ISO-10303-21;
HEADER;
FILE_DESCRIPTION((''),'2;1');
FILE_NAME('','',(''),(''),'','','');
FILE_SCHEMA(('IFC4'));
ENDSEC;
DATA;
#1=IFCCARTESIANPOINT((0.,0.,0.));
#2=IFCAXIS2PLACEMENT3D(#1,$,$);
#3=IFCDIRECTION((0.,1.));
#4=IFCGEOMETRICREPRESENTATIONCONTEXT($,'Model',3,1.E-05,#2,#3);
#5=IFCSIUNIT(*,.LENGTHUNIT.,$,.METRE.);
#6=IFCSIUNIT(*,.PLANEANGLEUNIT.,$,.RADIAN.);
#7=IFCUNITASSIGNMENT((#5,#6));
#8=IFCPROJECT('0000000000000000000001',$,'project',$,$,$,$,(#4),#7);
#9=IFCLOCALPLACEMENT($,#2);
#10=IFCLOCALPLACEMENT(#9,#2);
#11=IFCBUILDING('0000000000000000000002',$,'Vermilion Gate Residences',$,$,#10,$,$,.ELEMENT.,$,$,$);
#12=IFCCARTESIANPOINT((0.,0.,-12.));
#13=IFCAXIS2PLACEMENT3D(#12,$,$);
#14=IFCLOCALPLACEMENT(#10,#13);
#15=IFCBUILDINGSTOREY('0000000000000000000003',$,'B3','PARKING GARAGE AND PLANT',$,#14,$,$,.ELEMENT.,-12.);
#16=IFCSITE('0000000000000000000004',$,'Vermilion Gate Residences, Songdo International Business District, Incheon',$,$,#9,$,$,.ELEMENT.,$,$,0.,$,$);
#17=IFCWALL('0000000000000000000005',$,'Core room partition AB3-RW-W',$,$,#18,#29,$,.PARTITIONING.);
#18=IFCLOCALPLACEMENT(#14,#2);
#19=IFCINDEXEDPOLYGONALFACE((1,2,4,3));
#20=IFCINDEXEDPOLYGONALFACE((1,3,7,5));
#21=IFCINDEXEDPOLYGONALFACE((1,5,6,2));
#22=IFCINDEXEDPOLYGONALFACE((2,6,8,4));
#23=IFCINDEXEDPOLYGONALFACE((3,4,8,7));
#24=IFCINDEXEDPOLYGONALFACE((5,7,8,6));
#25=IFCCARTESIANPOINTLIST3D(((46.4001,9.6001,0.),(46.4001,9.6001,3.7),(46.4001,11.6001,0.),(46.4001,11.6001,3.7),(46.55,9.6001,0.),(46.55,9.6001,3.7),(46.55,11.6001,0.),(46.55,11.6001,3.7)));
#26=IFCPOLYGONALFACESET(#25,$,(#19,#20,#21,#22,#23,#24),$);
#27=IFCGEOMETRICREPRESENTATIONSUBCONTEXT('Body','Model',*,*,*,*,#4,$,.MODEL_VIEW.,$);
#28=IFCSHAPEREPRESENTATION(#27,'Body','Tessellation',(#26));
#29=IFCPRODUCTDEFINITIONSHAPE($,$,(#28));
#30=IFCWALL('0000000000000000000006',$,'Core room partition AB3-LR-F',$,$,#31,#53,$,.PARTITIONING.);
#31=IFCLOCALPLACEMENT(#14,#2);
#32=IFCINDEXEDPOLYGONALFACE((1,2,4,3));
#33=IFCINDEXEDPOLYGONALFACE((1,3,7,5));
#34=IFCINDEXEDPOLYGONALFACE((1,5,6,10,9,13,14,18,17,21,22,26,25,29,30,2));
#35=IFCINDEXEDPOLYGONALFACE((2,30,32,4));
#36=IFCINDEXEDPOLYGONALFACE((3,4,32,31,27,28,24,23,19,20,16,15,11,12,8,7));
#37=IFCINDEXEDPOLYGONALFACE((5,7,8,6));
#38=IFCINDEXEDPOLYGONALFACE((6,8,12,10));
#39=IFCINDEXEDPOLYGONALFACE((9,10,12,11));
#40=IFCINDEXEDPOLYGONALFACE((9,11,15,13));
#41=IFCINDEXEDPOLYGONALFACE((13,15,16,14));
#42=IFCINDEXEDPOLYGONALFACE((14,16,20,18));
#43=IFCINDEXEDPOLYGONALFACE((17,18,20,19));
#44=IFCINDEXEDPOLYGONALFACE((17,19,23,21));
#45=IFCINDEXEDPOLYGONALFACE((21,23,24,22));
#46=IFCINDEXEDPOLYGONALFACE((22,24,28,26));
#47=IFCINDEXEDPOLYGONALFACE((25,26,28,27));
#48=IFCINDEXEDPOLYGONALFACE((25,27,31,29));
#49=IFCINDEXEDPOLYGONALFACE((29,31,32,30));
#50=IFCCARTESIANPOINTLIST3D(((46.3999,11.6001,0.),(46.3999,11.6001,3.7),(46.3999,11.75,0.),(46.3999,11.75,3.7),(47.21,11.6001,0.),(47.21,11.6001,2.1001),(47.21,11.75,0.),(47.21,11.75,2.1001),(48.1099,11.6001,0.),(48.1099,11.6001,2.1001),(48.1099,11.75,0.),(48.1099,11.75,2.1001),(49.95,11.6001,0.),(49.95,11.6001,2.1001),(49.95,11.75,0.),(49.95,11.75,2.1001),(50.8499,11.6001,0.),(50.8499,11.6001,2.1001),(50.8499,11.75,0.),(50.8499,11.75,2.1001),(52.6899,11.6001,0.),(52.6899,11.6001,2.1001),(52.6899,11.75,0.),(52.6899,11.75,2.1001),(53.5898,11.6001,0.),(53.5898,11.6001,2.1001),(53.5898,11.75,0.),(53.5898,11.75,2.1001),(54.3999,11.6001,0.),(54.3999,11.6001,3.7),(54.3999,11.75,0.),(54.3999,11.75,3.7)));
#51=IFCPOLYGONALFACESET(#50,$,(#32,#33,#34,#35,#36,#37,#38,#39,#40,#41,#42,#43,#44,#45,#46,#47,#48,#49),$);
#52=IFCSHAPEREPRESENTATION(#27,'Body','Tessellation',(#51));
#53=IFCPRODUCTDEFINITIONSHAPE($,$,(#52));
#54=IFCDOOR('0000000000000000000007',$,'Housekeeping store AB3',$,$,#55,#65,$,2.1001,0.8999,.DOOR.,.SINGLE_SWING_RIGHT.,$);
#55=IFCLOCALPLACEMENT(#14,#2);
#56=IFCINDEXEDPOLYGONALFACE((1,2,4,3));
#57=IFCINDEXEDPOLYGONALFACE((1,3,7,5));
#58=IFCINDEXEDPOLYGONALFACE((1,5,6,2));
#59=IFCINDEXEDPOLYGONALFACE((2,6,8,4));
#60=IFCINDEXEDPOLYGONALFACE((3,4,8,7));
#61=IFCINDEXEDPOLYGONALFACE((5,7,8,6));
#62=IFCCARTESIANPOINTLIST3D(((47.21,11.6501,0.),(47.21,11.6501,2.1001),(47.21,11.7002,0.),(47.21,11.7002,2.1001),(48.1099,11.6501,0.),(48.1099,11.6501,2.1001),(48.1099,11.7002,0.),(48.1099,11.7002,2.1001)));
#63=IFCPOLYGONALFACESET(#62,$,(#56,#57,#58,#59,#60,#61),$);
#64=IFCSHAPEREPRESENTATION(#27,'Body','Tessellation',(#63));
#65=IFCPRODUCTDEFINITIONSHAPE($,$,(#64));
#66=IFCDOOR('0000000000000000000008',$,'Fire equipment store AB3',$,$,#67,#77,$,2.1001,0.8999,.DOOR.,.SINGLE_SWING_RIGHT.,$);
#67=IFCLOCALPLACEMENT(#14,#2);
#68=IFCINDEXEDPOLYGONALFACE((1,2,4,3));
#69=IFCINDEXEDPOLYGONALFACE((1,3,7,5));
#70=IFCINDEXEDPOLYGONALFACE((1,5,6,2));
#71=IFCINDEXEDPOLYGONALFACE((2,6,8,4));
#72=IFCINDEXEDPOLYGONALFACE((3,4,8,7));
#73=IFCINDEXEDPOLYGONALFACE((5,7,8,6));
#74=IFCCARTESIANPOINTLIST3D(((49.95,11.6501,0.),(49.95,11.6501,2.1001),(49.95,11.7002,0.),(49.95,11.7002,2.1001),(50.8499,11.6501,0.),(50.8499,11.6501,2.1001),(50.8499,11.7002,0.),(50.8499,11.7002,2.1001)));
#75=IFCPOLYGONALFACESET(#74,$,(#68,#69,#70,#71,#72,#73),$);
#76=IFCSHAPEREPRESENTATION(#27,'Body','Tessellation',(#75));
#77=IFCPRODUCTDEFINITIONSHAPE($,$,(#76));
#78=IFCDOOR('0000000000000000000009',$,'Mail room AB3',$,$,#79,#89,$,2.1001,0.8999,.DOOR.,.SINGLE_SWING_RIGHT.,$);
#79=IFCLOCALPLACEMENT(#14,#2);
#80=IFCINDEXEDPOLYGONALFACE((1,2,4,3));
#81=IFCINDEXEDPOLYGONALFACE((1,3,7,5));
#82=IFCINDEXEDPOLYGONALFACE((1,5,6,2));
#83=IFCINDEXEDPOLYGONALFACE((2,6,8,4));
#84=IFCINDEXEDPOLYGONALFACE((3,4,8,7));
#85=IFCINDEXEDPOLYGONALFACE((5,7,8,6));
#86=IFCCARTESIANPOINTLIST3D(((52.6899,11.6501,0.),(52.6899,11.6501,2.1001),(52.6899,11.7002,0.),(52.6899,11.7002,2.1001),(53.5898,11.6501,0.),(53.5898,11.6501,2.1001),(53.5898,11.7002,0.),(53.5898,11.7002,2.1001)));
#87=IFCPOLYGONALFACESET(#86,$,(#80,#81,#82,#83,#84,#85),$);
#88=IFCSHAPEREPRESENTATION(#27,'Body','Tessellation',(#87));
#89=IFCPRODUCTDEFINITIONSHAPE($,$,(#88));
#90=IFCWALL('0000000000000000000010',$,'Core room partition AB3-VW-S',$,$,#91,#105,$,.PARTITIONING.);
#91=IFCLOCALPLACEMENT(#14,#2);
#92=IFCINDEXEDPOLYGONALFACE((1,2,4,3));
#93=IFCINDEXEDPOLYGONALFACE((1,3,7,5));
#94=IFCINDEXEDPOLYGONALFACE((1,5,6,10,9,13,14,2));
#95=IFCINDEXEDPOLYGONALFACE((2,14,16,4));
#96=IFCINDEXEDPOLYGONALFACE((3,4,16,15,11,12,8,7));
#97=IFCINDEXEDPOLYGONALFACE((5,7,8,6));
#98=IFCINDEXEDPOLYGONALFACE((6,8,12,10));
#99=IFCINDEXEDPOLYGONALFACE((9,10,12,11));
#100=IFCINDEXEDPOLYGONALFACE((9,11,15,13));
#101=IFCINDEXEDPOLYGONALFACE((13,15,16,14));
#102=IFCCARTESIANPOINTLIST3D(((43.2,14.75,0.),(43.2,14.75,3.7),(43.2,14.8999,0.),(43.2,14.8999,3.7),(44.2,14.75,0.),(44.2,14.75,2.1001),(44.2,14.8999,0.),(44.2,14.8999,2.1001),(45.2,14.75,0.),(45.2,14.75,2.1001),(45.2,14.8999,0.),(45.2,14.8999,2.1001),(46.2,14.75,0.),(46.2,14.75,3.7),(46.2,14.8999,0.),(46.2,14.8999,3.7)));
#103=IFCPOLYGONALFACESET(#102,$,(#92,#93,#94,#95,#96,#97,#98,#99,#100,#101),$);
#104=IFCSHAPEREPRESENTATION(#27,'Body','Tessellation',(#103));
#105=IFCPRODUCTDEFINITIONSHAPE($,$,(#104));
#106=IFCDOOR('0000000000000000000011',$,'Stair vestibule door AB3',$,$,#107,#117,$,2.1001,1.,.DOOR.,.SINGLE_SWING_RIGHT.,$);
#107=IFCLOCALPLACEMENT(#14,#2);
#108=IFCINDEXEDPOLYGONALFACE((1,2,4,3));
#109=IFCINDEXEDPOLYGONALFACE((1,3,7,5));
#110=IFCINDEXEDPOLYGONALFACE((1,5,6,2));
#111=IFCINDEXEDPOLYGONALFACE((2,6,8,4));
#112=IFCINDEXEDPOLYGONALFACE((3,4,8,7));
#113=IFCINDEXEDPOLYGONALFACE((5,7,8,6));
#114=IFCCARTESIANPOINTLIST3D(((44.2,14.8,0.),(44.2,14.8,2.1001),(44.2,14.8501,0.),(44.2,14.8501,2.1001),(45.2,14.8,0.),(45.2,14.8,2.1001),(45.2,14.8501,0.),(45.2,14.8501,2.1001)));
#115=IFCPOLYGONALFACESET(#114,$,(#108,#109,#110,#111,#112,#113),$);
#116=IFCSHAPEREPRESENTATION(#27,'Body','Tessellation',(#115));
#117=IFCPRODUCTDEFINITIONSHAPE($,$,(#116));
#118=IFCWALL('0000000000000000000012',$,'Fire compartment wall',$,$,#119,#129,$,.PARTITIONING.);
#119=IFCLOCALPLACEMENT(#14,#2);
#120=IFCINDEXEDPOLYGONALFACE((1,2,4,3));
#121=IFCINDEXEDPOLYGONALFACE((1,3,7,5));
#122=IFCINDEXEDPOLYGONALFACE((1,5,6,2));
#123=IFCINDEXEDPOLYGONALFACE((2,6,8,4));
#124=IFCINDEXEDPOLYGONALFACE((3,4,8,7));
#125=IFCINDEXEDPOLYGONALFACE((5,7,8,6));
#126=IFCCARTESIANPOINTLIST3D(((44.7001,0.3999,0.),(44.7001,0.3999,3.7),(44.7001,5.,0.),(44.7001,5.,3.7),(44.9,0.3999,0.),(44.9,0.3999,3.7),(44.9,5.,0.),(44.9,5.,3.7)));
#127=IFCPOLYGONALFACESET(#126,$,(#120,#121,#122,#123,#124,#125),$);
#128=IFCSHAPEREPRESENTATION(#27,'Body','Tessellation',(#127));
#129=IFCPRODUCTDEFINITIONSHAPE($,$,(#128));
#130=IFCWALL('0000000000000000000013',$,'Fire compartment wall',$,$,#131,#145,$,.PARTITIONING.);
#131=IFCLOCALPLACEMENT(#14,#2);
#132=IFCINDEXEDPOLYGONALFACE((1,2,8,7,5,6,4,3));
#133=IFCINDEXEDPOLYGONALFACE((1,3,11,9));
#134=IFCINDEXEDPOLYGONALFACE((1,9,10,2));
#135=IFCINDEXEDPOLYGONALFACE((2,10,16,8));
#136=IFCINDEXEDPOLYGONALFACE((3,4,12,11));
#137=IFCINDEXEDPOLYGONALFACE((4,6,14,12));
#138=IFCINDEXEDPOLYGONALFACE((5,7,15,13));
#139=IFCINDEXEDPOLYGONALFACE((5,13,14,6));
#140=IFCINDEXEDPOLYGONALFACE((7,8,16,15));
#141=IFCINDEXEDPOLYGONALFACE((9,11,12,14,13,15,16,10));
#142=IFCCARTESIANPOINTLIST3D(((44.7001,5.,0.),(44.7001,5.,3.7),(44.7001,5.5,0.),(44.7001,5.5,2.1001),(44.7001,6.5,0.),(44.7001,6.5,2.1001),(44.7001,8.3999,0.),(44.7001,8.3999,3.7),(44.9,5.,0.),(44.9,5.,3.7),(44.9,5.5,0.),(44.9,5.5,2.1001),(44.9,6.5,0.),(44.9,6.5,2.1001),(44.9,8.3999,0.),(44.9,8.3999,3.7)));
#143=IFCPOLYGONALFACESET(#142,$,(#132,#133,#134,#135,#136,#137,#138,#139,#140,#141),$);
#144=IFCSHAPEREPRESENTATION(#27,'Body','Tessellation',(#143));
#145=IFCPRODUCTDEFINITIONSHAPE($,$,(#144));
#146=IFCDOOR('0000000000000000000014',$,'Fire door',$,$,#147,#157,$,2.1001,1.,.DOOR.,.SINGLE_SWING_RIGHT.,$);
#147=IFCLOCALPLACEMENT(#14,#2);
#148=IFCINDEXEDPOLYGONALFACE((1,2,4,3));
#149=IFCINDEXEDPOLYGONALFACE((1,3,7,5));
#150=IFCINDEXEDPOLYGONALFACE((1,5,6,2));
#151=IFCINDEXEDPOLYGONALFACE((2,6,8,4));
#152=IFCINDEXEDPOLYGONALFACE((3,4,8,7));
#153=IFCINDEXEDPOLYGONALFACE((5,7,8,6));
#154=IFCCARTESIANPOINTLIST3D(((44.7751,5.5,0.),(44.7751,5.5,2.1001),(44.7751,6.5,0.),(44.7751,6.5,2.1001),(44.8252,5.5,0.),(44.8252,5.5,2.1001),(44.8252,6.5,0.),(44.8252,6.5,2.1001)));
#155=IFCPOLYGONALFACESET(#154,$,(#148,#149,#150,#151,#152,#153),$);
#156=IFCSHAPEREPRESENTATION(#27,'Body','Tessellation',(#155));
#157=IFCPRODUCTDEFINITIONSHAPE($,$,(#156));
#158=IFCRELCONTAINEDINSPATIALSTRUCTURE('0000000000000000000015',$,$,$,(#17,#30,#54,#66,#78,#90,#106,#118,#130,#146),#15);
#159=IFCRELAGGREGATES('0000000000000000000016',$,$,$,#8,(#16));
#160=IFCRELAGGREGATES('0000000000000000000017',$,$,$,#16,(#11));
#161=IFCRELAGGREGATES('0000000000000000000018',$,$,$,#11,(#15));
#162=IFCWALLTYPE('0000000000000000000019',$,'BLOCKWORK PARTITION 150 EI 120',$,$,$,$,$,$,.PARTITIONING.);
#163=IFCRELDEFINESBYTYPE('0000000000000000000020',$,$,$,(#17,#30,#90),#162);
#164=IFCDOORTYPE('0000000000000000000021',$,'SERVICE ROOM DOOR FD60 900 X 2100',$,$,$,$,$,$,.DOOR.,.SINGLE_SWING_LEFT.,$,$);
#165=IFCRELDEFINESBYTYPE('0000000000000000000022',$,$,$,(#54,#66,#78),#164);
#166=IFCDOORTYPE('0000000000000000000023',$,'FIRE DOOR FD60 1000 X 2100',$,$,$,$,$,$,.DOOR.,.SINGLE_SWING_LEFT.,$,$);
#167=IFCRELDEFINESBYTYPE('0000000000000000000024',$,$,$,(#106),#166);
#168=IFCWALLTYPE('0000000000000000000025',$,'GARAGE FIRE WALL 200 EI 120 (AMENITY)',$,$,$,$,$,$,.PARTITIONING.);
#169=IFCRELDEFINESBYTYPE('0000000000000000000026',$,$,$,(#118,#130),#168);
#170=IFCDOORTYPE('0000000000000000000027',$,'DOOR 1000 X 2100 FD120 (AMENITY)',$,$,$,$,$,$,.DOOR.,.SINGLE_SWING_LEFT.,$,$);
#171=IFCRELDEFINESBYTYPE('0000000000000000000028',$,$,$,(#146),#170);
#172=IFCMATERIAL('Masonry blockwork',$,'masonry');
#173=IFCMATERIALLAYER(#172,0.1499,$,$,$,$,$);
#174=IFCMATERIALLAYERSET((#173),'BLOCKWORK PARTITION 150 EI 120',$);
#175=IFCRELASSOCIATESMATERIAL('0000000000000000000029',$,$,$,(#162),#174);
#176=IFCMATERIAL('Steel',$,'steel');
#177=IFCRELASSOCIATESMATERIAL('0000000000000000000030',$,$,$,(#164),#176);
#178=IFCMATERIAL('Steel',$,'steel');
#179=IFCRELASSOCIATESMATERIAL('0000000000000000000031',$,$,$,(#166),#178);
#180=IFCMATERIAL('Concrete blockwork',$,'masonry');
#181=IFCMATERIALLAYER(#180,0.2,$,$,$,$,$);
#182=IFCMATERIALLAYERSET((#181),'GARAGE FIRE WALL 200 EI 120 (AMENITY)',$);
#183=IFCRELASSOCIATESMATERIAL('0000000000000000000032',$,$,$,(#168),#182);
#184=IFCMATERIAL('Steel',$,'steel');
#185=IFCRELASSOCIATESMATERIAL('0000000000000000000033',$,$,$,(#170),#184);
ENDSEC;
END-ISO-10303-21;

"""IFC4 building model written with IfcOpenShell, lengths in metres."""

from ifc_helpers import new_model, si_unit, direction, frame, frame_2d, origin, place, context, subcontext, project, spatial, rectangle, extrude, material, layer, layer_set, type_object, element, fill, save


model = new_model("IFC4")

# Units and contexts
model_context = context("Model", 3, precision=1e-05, world=origin(), true_north=direction((0.0, 1.0)))
body_context = subcontext(model_context, "Body", "Model", "MODEL_VIEW")
ifc_project = project(units=[si_unit("LENGTHUNIT", "METRE"), si_unit("PLANEANGLEUNIT", "RADIAN")], contexts=[model_context])

# Site, building, storey
site_placement = place(None, origin())
site = spatial("IfcSite", under=ifc_project, at=site_placement, Name="Vermilion Gate Residences, Songdo International Business District, Incheon", CompositionType="ELEMENT", RefElevation=0.0)
building_placement = place(site_placement, origin())
building = spatial("IfcBuilding", under=site, at=building_placement, Name="Vermilion Gate Residences", CompositionType="ELEMENT")
storey_placement = place(building_placement, frame((0.0, 0.0, -12.0)))
storey = spatial("IfcBuildingStorey", under=building, at=storey_placement, Name="B3", Description="PARKING GARAGE AND PLANT", CompositionType="ELEMENT", Elevation=-12.0)

# Wall
ifc_material_1 = material(Name="Masonry blockwork", Category="masonry")
ifc_layer_1 = layer(ifc_material_1, 0.1499)
ifc_layer_set_1 = layer_set([ifc_layer_1], Name="BLOCKWORK PARTITION 150 EI 120")
wall_type_1 = type_object("IfcWallType", Name="BLOCKWORK PARTITION 150 EI 120", PredefinedType="PARTITIONING", material=ifc_layer_set_1)
wall_1_placement = place(storey_placement, frame((46.4751, 9.6001, 0.0), z_axis=(0.0, 0.0, 1.0), x_axis=(0.0, 1.0, 0.0)))
element("IfcWall", 1, at=wall_1_placement, inside=storey, type_object=wall_type_1, Name="Core room partition AB3-RW-W", PredefinedType="PARTITIONING", context=body_context, shape_type="SweptSolid", body=[
    extrude(rectangle(XDim=2.0, YDim=0.1499, at=frame_2d((1.0, 0.0))), origin(), (0.0, 0.0, 1.0), 3.7),
])

# Wall, openings, doors
wall_2_placement = place(storey_placement, frame((46.3999, 11.675, 0.0), z_axis=(0.0, 0.0, 1.0), x_axis=(1.0, 0.0, 0.0)))
wall_2 = element("IfcWall", 2, at=wall_2_placement, inside=storey, type_object=wall_type_1, Name="Core room partition AB3-LR-F", PredefinedType="PARTITIONING", context=body_context, shape_type="SweptSolid", body=[
    extrude(rectangle(XDim=8.0, YDim=0.1499, at=frame_2d((4.0, 0.0))), origin(), (0.0, 0.0, 1.0), 3.7),
])
opening_1_placement = place(wall_2_placement, frame((0.8101, 0.0, 0.0)))
opening_1 = element("IfcOpeningElement", 3, at=opening_1_placement, cuts=wall_2, PredefinedType="OPENING", context=body_context, shape_type="SweptSolid", body=[
    extrude(rectangle(XDim=0.8999, YDim=2.1001, at=frame_2d((0.45, 1.05))), frame((0.0, 0.085, 0.0), z_axis=(0.0, -1.0, 0.0), x_axis=(1.0, 0.0, 0.0)), (0.0, 0.0, 1.0), 0.1699),
])
opening_2_placement = place(wall_2_placement, frame((3.55, 0.0, 0.0)))
opening_2 = element("IfcOpeningElement", 4, at=opening_2_placement, cuts=wall_2, PredefinedType="OPENING", context=body_context, shape_type="SweptSolid", body=[
    extrude(rectangle(XDim=0.8999, YDim=2.1001, at=frame_2d((0.45, 1.05))), frame((0.0, 0.085, 0.0), z_axis=(0.0, -1.0, 0.0), x_axis=(1.0, 0.0, 0.0)), (0.0, 0.0, 1.0), 0.1699),
])
opening_3_placement = place(wall_2_placement, frame((6.29, 0.0, 0.0)))
opening_3 = element("IfcOpeningElement", 5, at=opening_3_placement, cuts=wall_2, PredefinedType="OPENING", context=body_context, shape_type="SweptSolid", body=[
    extrude(rectangle(XDim=0.8999, YDim=2.1001, at=frame_2d((0.45, 1.05))), frame((0.0, 0.085, 0.0), z_axis=(0.0, -1.0, 0.0), x_axis=(1.0, 0.0, 0.0)), (0.0, 0.0, 1.0), 0.1699),
])
ifc_material_2 = material(Name="Steel", Category="steel")
door_type_1 = type_object("IfcDoorType", Name="SERVICE ROOM DOOR FD60 900 X 2100", OperationType="SINGLE_SWING_LEFT", PredefinedType="DOOR", material=ifc_material_2)
door_1_placement = place(opening_1_placement, frame((0.8999, 0.0, 0.0), z_axis=(0.0, 0.0, 1.0), x_axis=(-1.0, 0.0, 0.0)))
door_1 = element("IfcDoor", 6, at=door_1_placement, inside=storey, type_object=door_type_1, Name="Housekeeping store AB3", OperationType="SINGLE_SWING_RIGHT", OverallHeight=2.1001, OverallWidth=0.8999, PredefinedType="DOOR", context=body_context, shape_type="SweptSolid", body=[
    extrude(rectangle(XDim=0.8999, YDim=2.1001, at=frame_2d((0.45, 1.05))), frame((0.0, 0.0249, 0.0), z_axis=(0.0, -1.0, 0.0), x_axis=(1.0, 0.0, 0.0)), (0.0, 0.0, 1.0), 0.05),
])
fill(opening_1, door_1)
door_2_placement = place(opening_2_placement, frame((0.8999, 0.0, 0.0), z_axis=(0.0, 0.0, 1.0), x_axis=(-1.0, 0.0, 0.0)))
door_2 = element("IfcDoor", 7, at=door_2_placement, inside=storey, type_object=door_type_1, Name="Fire equipment store AB3", OperationType="SINGLE_SWING_RIGHT", OverallHeight=2.1001, OverallWidth=0.8999, PredefinedType="DOOR", context=body_context, shape_type="SweptSolid", body=[
    extrude(rectangle(XDim=0.8999, YDim=2.1001, at=frame_2d((0.45, 1.05))), frame((0.0, 0.0249, 0.0), z_axis=(0.0, -1.0, 0.0), x_axis=(1.0, 0.0, 0.0)), (0.0, 0.0, 1.0), 0.05),
])
fill(opening_2, door_2)
door_3_placement = place(opening_3_placement, frame((0.8999, 0.0, 0.0), z_axis=(0.0, 0.0, 1.0), x_axis=(-1.0, 0.0, 0.0)))
door_3 = element("IfcDoor", 8, at=door_3_placement, inside=storey, type_object=door_type_1, Name="Mail room AB3", OperationType="SINGLE_SWING_RIGHT", OverallHeight=2.1001, OverallWidth=0.8999, PredefinedType="DOOR", context=body_context, shape_type="SweptSolid", body=[
    extrude(rectangle(XDim=0.8999, YDim=2.1001, at=frame_2d((0.45, 1.05))), frame((0.0, 0.0249, 0.0), z_axis=(0.0, -1.0, 0.0), x_axis=(1.0, 0.0, 0.0)), (0.0, 0.0, 1.0), 0.05),
])
fill(opening_3, door_3)

# Wall, opening, door
wall_3_placement = place(storey_placement, frame((43.2, 14.825, 0.0), z_axis=(0.0, 0.0, 1.0), x_axis=(1.0, 0.0, 0.0)))
wall_3 = element("IfcWall", 9, at=wall_3_placement, inside=storey, type_object=wall_type_1, Name="Core room partition AB3-VW-S", PredefinedType="PARTITIONING", context=body_context, shape_type="SweptSolid", body=[
    extrude(rectangle(XDim=3.0, YDim=0.1499, at=frame_2d((1.5, 0.0))), origin(), (0.0, 0.0, 1.0), 3.7),
])
opening_4_placement = place(wall_3_placement, frame((1.0, 0.0, 0.0)))
opening_4 = element("IfcOpeningElement", 10, at=opening_4_placement, cuts=wall_3, PredefinedType="OPENING", context=body_context, shape_type="SweptSolid", body=[
    extrude(rectangle(XDim=1.0, YDim=2.1001, at=frame_2d((0.5, 1.05))), frame((0.0, 0.085, 0.0), z_axis=(0.0, -1.0, 0.0), x_axis=(1.0, 0.0, 0.0)), (0.0, 0.0, 1.0), 0.1699),
])
ifc_material_3 = material(Name="Steel", Category="steel")
door_type_2 = type_object("IfcDoorType", Name="FIRE DOOR FD60 1000 X 2100", OperationType="SINGLE_SWING_LEFT", PredefinedType="DOOR", material=ifc_material_3)
door_4_placement = place(opening_4_placement, frame((1.0, 0.0, 0.0), z_axis=(0.0, 0.0, 1.0), x_axis=(-1.0, 0.0, 0.0)))
door_4 = element("IfcDoor", 11, at=door_4_placement, inside=storey, type_object=door_type_2, Name="Stair vestibule door AB3", OperationType="SINGLE_SWING_RIGHT", OverallHeight=2.1001, OverallWidth=1.0, PredefinedType="DOOR", context=body_context, shape_type="SweptSolid", body=[
    extrude(rectangle(XDim=1.0, YDim=2.1001, at=frame_2d((0.5, 1.05))), frame((0.0, 0.0249, 0.0), z_axis=(0.0, -1.0, 0.0), x_axis=(1.0, 0.0, 0.0)), (0.0, 0.0, 1.0), 0.05),
])
fill(opening_4, door_4)

# Wall
ifc_material_4 = material(Name="Concrete blockwork", Category="masonry")
ifc_layer_2 = layer(ifc_material_4, 0.2)
ifc_layer_set_2 = layer_set([ifc_layer_2], Name="GARAGE FIRE WALL 200 EI 120 (AMENITY)")
wall_type_2 = type_object("IfcWallType", Name="GARAGE FIRE WALL 200 EI 120 (AMENITY)", PredefinedType="PARTITIONING", material=ifc_layer_set_2)
wall_4_placement = place(storey_placement, frame((44.8, 0.3999, 0.0), z_axis=(0.0, 0.0, 1.0), x_axis=(0.0, 1.0, 0.0)))
element("IfcWall", 12, at=wall_4_placement, inside=storey, type_object=wall_type_2, Name="Fire compartment wall", PredefinedType="PARTITIONING", context=body_context, shape_type="SweptSolid", body=[
    extrude(rectangle(XDim=4.6001, YDim=0.2, at=frame_2d((2.3, 0.0))), origin(), (0.0, 0.0, 1.0), 3.7),
])

# Wall, opening, door
wall_5_placement = place(storey_placement, frame((44.8, 5.0, 0.0), z_axis=(0.0, 0.0, 1.0), x_axis=(0.0, 1.0, 0.0)))
wall_5 = element("IfcWall", 13, at=wall_5_placement, inside=storey, type_object=wall_type_2, Name="Fire compartment wall", PredefinedType="PARTITIONING", context=body_context, shape_type="SweptSolid", body=[
    extrude(rectangle(XDim=3.3999, YDim=0.2, at=frame_2d((1.7, 0.0))), origin(), (0.0, 0.0, 1.0), 3.7),
])
opening_5_placement = place(wall_5_placement, frame((0.5, 0.0, 0.0)))
opening_5 = element("IfcOpeningElement", 14, at=opening_5_placement, cuts=wall_5, PredefinedType="OPENING", context=body_context, shape_type="SweptSolid", body=[
    extrude(rectangle(XDim=1.0, YDim=2.1001, at=frame_2d((0.5, 1.05))), frame((0.0, 0.1099, 0.0), z_axis=(0.0, -1.0, 0.0), x_axis=(1.0, 0.0, 0.0)), (0.0, 0.0, 1.0), 0.22),
])
ifc_material_5 = material(Name="Steel", Category="steel")
door_type_3 = type_object("IfcDoorType", Name="DOOR 1000 X 2100 FD120 (AMENITY)", OperationType="SINGLE_SWING_LEFT", PredefinedType="DOOR", material=ifc_material_5)
door_5_placement = place(opening_5_placement, origin())
door_5 = element("IfcDoor", 15, at=door_5_placement, inside=storey, type_object=door_type_3, Name="Fire door", OperationType="SINGLE_SWING_RIGHT", OverallHeight=2.1001, OverallWidth=1.0, PredefinedType="DOOR", context=body_context, shape_type="SweptSolid", body=[
    extrude(rectangle(XDim=1.0, YDim=2.1001, at=frame_2d((0.5, 1.05))), frame((0.0, 0.0249, 0.0), z_axis=(0.0, -1.0, 0.0), x_axis=(1.0, 0.0, 0.0)), (0.0, 0.0, 1.0), 0.05),
])
fill(opening_5, door_5)

save(model, "model.ifc")
